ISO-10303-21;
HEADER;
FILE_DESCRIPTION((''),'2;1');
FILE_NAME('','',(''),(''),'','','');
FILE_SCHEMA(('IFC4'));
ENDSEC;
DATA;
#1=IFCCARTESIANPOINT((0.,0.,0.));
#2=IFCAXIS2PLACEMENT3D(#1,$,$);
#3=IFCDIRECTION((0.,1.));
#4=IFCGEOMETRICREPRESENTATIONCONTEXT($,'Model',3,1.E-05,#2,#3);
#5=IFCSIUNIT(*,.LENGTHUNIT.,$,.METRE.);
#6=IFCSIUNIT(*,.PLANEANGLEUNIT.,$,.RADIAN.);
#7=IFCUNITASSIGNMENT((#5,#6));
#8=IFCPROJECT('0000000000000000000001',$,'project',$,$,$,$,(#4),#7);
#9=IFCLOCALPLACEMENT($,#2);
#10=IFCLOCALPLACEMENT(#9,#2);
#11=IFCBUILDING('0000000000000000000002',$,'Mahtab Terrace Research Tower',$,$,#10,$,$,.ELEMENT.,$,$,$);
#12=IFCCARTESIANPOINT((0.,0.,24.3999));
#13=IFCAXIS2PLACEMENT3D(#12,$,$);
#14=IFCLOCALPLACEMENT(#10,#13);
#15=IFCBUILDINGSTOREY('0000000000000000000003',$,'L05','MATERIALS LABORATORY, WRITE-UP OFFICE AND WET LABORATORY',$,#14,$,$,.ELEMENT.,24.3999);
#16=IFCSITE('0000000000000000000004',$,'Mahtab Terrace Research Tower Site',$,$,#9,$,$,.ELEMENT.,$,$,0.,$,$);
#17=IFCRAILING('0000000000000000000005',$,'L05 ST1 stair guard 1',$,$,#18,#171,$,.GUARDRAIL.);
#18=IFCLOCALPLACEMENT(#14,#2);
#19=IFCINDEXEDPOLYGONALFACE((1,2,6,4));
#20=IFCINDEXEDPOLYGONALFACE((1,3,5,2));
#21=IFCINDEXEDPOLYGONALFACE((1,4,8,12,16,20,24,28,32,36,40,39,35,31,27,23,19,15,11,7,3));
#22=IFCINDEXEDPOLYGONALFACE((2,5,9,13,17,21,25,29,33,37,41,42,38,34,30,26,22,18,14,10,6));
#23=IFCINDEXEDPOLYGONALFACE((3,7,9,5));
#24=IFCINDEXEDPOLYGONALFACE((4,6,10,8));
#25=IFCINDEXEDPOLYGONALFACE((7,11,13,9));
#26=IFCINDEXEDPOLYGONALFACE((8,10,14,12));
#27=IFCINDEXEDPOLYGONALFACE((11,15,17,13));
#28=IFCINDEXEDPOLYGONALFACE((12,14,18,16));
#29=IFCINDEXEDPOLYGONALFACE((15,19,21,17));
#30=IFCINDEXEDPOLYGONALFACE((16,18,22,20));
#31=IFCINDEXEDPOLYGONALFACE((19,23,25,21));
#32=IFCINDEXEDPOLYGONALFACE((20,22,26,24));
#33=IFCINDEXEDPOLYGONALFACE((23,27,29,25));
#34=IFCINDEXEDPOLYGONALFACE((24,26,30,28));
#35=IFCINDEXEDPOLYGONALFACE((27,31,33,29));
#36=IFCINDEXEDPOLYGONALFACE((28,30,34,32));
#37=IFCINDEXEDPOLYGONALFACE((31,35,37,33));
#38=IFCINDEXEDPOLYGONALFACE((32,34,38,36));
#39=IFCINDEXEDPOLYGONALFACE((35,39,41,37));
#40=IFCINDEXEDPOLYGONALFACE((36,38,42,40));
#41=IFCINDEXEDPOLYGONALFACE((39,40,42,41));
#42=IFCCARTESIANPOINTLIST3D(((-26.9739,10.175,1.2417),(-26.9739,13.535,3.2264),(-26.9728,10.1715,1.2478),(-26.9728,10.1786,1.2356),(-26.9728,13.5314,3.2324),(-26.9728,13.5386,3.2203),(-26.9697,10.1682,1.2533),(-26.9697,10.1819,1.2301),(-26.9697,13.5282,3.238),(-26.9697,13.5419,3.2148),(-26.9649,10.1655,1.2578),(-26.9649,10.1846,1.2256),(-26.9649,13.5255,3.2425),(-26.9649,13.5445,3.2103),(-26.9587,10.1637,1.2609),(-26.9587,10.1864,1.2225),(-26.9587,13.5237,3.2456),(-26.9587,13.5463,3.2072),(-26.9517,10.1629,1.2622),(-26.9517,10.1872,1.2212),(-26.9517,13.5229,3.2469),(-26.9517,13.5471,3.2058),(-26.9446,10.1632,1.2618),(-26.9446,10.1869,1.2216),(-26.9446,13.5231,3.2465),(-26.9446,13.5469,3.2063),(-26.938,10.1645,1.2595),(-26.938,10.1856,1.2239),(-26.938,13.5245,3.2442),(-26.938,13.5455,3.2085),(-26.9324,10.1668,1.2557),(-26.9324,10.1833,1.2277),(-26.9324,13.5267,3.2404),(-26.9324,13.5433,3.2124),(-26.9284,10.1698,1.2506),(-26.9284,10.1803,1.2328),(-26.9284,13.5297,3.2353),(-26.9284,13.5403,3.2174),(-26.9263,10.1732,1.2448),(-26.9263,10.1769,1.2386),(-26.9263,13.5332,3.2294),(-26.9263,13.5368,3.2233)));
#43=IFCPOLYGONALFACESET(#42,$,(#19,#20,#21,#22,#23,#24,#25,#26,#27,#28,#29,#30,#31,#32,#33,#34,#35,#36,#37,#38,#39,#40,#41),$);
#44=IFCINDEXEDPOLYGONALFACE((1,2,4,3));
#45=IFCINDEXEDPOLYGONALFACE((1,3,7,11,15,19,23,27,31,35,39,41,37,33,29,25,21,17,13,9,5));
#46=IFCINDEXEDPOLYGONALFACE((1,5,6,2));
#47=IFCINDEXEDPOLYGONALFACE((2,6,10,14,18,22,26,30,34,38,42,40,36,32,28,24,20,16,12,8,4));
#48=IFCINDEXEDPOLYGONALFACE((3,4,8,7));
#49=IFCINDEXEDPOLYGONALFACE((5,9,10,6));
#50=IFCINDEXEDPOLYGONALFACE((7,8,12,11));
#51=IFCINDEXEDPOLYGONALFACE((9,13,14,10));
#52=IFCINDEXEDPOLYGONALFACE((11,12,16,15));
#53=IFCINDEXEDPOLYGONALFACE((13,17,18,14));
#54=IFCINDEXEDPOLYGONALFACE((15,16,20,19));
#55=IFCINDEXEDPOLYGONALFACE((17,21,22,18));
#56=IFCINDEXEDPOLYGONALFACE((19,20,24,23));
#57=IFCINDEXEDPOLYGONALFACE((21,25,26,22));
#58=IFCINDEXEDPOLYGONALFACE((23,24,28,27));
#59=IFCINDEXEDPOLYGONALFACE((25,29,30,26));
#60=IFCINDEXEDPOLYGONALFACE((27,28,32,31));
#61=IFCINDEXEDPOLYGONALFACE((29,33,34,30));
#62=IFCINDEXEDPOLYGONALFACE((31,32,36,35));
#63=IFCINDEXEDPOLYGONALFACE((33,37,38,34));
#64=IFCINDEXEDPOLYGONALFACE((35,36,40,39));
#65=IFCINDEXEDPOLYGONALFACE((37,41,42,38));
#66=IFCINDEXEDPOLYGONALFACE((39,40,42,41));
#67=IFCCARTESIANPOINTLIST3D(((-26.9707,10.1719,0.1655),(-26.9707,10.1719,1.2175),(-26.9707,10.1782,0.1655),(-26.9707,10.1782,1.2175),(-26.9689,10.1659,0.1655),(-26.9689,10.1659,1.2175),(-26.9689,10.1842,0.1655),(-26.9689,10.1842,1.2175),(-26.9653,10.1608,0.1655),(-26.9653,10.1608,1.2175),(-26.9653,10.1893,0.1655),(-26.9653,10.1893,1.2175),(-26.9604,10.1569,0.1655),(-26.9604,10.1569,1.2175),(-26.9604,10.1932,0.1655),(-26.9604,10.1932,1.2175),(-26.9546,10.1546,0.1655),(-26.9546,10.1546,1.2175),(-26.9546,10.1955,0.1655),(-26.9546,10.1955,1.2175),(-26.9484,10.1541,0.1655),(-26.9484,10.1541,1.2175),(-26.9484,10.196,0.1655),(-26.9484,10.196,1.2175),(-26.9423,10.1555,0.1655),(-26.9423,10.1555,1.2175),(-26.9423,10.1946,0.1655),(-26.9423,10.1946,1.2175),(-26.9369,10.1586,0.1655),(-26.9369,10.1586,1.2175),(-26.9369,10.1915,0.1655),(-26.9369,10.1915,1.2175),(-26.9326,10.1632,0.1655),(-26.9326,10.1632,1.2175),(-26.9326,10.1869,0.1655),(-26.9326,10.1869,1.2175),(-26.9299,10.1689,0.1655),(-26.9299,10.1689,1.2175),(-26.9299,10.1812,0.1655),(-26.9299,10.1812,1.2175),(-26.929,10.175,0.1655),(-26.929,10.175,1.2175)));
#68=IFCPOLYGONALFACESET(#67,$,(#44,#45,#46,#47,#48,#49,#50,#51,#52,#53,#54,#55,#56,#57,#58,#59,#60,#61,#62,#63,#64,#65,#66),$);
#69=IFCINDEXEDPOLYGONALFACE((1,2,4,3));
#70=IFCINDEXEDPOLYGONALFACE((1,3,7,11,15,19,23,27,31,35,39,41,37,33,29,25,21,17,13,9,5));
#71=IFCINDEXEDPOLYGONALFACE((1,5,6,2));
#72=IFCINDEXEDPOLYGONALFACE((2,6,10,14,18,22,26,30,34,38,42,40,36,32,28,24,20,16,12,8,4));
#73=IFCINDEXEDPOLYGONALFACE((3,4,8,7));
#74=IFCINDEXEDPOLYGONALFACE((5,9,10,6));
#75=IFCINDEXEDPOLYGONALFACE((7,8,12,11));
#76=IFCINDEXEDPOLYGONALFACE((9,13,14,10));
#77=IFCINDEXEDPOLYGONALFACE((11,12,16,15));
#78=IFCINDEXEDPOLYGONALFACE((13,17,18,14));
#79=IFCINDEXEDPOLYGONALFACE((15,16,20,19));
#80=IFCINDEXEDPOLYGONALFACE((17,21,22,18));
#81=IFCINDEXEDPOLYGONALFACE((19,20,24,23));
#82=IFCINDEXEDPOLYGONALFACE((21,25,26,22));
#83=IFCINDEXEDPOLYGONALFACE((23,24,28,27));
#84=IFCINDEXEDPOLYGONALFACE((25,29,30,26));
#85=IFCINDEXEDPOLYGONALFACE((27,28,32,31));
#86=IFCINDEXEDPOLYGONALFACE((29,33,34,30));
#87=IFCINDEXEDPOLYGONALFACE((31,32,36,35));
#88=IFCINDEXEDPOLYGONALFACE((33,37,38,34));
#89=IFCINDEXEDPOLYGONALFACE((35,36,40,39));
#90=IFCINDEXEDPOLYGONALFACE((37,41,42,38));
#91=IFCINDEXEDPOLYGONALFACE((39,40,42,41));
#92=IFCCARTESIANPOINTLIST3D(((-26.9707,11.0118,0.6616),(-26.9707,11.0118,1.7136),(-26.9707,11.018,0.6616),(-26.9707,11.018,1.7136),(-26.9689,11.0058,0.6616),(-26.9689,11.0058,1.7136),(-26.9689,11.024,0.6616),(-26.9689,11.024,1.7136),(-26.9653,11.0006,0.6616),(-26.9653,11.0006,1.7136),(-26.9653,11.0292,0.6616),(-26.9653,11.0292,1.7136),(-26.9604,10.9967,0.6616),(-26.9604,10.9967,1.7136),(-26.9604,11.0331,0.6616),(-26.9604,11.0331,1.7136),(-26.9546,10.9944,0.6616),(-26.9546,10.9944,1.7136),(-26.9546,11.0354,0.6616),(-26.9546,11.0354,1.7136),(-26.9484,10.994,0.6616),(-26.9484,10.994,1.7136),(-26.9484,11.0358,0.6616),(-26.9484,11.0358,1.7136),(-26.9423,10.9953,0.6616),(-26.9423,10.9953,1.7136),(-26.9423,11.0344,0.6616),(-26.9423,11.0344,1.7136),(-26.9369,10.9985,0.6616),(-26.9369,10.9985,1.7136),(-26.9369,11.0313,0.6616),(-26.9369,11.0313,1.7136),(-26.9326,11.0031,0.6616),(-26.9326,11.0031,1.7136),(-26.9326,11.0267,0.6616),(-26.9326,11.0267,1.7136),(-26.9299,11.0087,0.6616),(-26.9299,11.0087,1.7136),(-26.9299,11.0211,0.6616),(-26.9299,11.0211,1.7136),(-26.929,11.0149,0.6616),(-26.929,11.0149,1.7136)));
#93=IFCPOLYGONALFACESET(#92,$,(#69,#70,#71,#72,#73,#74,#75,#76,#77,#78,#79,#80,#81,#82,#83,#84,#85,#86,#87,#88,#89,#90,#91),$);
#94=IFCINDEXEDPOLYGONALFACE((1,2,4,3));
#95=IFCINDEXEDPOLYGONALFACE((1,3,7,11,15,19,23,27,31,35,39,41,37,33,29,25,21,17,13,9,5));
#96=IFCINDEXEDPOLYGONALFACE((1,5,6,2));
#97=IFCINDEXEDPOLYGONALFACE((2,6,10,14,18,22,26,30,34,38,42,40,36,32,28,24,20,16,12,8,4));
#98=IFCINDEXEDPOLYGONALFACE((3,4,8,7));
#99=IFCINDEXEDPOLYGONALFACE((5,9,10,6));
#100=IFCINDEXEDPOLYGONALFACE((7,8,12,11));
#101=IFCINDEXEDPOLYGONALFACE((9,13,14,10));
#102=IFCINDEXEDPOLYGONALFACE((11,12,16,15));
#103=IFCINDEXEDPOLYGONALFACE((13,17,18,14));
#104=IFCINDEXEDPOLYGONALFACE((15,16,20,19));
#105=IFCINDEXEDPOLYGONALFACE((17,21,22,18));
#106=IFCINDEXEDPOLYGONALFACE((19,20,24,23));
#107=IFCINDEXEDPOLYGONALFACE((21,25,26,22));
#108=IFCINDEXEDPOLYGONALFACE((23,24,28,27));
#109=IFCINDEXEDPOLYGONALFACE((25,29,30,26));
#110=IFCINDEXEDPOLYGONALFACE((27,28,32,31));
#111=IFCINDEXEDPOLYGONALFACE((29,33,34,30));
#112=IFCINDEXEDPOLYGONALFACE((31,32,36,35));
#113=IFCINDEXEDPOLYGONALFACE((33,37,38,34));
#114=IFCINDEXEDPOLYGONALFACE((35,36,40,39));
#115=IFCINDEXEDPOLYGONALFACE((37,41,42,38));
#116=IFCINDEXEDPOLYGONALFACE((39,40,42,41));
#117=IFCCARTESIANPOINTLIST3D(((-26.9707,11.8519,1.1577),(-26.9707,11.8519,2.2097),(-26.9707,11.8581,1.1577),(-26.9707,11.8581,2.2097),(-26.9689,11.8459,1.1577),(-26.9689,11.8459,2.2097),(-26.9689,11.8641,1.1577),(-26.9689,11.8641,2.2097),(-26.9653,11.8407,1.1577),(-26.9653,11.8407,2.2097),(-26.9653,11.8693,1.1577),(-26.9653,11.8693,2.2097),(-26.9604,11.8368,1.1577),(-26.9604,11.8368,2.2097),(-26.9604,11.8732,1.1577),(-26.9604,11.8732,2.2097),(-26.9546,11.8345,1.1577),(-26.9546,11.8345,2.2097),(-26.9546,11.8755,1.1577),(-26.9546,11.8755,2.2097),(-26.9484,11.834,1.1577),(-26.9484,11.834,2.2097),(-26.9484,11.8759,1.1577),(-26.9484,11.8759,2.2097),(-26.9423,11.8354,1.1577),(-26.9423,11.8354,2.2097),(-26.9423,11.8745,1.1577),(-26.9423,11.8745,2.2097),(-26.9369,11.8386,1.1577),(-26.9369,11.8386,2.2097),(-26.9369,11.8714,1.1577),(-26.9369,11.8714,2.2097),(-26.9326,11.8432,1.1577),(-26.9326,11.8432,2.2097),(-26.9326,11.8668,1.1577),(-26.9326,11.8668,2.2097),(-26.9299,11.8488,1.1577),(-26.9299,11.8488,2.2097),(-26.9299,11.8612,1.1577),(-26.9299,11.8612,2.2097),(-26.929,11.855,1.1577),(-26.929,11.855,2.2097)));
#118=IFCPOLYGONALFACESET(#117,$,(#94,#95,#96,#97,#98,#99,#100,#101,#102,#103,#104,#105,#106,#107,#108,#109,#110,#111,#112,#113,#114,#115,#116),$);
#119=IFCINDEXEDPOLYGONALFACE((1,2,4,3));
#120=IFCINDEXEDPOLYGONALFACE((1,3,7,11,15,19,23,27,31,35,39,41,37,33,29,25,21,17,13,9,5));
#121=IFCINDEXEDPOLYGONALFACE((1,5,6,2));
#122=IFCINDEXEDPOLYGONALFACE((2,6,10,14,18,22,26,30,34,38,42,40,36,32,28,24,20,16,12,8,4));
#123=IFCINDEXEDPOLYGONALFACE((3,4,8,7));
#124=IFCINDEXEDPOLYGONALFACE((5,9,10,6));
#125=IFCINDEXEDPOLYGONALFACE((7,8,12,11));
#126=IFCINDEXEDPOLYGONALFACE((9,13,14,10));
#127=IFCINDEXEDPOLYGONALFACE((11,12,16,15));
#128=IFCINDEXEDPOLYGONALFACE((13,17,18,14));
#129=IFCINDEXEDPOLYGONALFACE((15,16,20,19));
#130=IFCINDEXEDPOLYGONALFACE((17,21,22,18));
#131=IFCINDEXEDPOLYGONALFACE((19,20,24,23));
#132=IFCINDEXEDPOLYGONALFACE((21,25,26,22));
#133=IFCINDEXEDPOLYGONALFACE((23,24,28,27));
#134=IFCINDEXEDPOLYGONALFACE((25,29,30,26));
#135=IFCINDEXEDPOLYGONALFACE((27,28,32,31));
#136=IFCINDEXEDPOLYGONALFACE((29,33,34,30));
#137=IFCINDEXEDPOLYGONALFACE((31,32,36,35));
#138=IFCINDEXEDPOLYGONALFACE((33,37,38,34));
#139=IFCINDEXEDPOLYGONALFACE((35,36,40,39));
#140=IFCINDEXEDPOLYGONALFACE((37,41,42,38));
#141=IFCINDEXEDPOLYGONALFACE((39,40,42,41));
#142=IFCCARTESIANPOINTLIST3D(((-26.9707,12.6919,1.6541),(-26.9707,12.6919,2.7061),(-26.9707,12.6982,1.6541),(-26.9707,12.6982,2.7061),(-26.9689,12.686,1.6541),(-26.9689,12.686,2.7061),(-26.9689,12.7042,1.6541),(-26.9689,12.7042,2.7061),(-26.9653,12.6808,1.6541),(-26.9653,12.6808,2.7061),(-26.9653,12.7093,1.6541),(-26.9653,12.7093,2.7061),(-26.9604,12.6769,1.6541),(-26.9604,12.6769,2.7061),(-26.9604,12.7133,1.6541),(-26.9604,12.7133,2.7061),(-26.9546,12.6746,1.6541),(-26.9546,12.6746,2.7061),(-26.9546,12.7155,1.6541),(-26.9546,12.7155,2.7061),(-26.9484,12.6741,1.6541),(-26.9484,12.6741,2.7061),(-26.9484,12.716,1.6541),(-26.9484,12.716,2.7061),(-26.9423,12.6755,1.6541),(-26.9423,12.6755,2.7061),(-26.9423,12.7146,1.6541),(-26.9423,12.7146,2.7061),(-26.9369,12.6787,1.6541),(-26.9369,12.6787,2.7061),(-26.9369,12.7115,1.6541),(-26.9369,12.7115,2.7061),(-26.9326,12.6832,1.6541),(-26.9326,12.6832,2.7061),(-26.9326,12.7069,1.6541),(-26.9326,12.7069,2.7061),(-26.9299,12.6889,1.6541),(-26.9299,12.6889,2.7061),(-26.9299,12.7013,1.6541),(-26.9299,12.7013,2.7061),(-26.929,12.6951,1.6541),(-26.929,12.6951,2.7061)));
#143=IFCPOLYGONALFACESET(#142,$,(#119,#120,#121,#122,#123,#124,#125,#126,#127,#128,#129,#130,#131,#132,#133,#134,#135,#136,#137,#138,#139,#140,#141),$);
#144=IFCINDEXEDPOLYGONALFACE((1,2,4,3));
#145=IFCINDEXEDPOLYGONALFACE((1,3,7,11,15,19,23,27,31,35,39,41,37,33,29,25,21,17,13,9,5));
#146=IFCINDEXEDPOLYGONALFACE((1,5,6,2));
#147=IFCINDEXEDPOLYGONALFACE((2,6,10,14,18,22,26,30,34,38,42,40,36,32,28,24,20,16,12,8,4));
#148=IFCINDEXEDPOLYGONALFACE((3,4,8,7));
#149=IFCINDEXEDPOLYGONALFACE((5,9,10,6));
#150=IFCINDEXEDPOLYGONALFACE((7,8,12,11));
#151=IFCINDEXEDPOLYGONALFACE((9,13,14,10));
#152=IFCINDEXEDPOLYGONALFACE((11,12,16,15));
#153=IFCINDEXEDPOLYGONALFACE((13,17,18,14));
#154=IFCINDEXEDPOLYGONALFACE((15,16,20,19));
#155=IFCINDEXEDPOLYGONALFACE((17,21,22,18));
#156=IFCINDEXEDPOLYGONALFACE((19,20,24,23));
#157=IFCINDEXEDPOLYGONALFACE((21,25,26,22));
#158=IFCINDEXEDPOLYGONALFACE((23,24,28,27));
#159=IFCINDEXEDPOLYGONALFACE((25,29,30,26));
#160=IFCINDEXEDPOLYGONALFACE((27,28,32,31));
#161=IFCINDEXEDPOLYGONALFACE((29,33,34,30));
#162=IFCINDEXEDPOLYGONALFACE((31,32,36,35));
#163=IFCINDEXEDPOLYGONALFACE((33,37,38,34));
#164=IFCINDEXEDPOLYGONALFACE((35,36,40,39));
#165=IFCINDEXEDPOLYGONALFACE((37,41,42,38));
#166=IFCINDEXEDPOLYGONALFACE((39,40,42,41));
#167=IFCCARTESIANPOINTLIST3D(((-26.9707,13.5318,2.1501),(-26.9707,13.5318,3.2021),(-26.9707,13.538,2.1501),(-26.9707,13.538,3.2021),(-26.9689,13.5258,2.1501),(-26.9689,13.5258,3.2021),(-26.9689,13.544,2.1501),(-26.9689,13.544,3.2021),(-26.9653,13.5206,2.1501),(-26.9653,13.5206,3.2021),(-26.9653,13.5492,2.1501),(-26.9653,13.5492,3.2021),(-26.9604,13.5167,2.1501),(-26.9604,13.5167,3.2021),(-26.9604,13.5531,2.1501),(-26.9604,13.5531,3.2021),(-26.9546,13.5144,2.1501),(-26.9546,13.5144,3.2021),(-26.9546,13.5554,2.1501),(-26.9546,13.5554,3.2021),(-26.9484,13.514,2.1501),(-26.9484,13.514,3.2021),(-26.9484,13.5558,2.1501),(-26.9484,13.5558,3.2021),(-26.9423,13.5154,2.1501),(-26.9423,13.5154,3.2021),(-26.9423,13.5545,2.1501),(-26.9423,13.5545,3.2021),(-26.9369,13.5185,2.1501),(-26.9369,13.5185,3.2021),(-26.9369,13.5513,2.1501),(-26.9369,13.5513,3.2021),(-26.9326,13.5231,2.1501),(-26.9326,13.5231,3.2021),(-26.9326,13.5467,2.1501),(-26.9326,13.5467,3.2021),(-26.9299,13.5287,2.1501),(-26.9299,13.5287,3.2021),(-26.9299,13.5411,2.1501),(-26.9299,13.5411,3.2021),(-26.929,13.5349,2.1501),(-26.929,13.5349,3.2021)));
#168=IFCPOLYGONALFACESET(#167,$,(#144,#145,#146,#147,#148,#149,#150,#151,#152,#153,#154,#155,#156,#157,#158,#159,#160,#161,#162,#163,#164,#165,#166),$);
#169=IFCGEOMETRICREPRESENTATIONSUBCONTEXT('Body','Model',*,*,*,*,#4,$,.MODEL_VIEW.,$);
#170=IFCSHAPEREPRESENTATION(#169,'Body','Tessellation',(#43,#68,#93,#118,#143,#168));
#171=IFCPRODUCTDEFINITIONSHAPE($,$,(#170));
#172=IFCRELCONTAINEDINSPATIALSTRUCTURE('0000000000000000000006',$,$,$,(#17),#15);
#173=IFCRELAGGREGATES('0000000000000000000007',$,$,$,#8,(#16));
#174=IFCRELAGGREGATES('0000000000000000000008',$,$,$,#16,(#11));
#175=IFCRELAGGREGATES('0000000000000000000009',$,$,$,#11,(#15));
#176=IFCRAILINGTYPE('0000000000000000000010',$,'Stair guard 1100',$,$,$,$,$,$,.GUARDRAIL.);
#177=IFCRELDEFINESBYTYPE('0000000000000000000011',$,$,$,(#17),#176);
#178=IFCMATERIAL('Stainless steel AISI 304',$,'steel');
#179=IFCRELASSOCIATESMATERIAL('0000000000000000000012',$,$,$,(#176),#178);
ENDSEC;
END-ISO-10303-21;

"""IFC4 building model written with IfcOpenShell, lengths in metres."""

from ifc_helpers import new_model, si_unit, direction, frame, origin, origin_2d, place, context, subcontext, project, spatial, circle, extrude, material, type_object, element, save


model = new_model("IFC4")

# Units and contexts
model_context = context("Model", 3, precision=1e-05, world=origin(), true_north=direction((0.0, 1.0)))
body_context = subcontext(model_context, "Body", "Model", "MODEL_VIEW")
ifc_project = project(units=[si_unit("LENGTHUNIT", "METRE"), si_unit("PLANEANGLEUNIT", "RADIAN")], contexts=[model_context])

# Site, building, storey
site_placement = place(None, origin())
site = spatial("IfcSite", under=ifc_project, at=site_placement, Name="Mahtab Terrace Research Tower Site", CompositionType="ELEMENT", RefElevation=0.0)
building_placement = place(site_placement, origin())
building = spatial("IfcBuilding", under=site, at=building_placement, Name="Mahtab Terrace Research Tower", CompositionType="ELEMENT")
storey_placement = place(building_placement, frame((0.0, 0.0, 24.3999)))
storey = spatial("IfcBuildingStorey", under=building, at=storey_placement, Name="L05", Description="MATERIALS LABORATORY, WRITE-UP OFFICE AND WET LABORATORY", CompositionType="ELEMENT", Elevation=24.3999)

# Shared definitions
ifc_material_1 = material(Name="Stainless steel AISI 304", Category="steel")

# Railing
railing_type_1 = type_object("IfcRailingType", Name="Stair guard 1100", PredefinedType="GUARDRAIL", material=ifc_material_1)
railing_1_placement = place(storey_placement, frame((-26.95, 10.175, 0.1655)))
element("IfcRailing", 1, at=railing_1_placement, inside=storey, type_object=railing_type_1, Name="L05 ST1 stair guard 1", PredefinedType="GUARDRAIL", context=body_context, shape_type="SweptSolid", body=[
    extrude(circle(Radius=0.0239, at=origin_2d()), frame((0.0, 0.0, 1.0762), z_axis=(0.0, 0.861011, 0.508586), x_axis=(-1.0, 0.0, 0.0)), (0.0, 0.0, 1.0), 3.9023),
    extrude(circle(Radius=0.021, at=origin_2d()), origin(), (0.0, 0.0, 1.0), 1.052),
    extrude(circle(Radius=0.021, at=origin_2d()), frame((0.0, 0.8398, 0.4961)), (0.0, 0.0, 1.0), 1.052),
    extrude(circle(Radius=0.021, at=origin_2d()), frame((0.0, 1.6799, 0.9922)), (0.0, 0.0, 1.0), 1.052),
    extrude(circle(Radius=0.021, at=origin_2d()), frame((0.0, 2.52, 1.4885)), (0.0, 0.0, 1.0), 1.052),
    extrude(circle(Radius=0.021, at=origin_2d()), frame((0.0, 3.3599, 1.9846)), (0.0, 0.0, 1.0), 1.052),
])

save(model, "model.ifc")
